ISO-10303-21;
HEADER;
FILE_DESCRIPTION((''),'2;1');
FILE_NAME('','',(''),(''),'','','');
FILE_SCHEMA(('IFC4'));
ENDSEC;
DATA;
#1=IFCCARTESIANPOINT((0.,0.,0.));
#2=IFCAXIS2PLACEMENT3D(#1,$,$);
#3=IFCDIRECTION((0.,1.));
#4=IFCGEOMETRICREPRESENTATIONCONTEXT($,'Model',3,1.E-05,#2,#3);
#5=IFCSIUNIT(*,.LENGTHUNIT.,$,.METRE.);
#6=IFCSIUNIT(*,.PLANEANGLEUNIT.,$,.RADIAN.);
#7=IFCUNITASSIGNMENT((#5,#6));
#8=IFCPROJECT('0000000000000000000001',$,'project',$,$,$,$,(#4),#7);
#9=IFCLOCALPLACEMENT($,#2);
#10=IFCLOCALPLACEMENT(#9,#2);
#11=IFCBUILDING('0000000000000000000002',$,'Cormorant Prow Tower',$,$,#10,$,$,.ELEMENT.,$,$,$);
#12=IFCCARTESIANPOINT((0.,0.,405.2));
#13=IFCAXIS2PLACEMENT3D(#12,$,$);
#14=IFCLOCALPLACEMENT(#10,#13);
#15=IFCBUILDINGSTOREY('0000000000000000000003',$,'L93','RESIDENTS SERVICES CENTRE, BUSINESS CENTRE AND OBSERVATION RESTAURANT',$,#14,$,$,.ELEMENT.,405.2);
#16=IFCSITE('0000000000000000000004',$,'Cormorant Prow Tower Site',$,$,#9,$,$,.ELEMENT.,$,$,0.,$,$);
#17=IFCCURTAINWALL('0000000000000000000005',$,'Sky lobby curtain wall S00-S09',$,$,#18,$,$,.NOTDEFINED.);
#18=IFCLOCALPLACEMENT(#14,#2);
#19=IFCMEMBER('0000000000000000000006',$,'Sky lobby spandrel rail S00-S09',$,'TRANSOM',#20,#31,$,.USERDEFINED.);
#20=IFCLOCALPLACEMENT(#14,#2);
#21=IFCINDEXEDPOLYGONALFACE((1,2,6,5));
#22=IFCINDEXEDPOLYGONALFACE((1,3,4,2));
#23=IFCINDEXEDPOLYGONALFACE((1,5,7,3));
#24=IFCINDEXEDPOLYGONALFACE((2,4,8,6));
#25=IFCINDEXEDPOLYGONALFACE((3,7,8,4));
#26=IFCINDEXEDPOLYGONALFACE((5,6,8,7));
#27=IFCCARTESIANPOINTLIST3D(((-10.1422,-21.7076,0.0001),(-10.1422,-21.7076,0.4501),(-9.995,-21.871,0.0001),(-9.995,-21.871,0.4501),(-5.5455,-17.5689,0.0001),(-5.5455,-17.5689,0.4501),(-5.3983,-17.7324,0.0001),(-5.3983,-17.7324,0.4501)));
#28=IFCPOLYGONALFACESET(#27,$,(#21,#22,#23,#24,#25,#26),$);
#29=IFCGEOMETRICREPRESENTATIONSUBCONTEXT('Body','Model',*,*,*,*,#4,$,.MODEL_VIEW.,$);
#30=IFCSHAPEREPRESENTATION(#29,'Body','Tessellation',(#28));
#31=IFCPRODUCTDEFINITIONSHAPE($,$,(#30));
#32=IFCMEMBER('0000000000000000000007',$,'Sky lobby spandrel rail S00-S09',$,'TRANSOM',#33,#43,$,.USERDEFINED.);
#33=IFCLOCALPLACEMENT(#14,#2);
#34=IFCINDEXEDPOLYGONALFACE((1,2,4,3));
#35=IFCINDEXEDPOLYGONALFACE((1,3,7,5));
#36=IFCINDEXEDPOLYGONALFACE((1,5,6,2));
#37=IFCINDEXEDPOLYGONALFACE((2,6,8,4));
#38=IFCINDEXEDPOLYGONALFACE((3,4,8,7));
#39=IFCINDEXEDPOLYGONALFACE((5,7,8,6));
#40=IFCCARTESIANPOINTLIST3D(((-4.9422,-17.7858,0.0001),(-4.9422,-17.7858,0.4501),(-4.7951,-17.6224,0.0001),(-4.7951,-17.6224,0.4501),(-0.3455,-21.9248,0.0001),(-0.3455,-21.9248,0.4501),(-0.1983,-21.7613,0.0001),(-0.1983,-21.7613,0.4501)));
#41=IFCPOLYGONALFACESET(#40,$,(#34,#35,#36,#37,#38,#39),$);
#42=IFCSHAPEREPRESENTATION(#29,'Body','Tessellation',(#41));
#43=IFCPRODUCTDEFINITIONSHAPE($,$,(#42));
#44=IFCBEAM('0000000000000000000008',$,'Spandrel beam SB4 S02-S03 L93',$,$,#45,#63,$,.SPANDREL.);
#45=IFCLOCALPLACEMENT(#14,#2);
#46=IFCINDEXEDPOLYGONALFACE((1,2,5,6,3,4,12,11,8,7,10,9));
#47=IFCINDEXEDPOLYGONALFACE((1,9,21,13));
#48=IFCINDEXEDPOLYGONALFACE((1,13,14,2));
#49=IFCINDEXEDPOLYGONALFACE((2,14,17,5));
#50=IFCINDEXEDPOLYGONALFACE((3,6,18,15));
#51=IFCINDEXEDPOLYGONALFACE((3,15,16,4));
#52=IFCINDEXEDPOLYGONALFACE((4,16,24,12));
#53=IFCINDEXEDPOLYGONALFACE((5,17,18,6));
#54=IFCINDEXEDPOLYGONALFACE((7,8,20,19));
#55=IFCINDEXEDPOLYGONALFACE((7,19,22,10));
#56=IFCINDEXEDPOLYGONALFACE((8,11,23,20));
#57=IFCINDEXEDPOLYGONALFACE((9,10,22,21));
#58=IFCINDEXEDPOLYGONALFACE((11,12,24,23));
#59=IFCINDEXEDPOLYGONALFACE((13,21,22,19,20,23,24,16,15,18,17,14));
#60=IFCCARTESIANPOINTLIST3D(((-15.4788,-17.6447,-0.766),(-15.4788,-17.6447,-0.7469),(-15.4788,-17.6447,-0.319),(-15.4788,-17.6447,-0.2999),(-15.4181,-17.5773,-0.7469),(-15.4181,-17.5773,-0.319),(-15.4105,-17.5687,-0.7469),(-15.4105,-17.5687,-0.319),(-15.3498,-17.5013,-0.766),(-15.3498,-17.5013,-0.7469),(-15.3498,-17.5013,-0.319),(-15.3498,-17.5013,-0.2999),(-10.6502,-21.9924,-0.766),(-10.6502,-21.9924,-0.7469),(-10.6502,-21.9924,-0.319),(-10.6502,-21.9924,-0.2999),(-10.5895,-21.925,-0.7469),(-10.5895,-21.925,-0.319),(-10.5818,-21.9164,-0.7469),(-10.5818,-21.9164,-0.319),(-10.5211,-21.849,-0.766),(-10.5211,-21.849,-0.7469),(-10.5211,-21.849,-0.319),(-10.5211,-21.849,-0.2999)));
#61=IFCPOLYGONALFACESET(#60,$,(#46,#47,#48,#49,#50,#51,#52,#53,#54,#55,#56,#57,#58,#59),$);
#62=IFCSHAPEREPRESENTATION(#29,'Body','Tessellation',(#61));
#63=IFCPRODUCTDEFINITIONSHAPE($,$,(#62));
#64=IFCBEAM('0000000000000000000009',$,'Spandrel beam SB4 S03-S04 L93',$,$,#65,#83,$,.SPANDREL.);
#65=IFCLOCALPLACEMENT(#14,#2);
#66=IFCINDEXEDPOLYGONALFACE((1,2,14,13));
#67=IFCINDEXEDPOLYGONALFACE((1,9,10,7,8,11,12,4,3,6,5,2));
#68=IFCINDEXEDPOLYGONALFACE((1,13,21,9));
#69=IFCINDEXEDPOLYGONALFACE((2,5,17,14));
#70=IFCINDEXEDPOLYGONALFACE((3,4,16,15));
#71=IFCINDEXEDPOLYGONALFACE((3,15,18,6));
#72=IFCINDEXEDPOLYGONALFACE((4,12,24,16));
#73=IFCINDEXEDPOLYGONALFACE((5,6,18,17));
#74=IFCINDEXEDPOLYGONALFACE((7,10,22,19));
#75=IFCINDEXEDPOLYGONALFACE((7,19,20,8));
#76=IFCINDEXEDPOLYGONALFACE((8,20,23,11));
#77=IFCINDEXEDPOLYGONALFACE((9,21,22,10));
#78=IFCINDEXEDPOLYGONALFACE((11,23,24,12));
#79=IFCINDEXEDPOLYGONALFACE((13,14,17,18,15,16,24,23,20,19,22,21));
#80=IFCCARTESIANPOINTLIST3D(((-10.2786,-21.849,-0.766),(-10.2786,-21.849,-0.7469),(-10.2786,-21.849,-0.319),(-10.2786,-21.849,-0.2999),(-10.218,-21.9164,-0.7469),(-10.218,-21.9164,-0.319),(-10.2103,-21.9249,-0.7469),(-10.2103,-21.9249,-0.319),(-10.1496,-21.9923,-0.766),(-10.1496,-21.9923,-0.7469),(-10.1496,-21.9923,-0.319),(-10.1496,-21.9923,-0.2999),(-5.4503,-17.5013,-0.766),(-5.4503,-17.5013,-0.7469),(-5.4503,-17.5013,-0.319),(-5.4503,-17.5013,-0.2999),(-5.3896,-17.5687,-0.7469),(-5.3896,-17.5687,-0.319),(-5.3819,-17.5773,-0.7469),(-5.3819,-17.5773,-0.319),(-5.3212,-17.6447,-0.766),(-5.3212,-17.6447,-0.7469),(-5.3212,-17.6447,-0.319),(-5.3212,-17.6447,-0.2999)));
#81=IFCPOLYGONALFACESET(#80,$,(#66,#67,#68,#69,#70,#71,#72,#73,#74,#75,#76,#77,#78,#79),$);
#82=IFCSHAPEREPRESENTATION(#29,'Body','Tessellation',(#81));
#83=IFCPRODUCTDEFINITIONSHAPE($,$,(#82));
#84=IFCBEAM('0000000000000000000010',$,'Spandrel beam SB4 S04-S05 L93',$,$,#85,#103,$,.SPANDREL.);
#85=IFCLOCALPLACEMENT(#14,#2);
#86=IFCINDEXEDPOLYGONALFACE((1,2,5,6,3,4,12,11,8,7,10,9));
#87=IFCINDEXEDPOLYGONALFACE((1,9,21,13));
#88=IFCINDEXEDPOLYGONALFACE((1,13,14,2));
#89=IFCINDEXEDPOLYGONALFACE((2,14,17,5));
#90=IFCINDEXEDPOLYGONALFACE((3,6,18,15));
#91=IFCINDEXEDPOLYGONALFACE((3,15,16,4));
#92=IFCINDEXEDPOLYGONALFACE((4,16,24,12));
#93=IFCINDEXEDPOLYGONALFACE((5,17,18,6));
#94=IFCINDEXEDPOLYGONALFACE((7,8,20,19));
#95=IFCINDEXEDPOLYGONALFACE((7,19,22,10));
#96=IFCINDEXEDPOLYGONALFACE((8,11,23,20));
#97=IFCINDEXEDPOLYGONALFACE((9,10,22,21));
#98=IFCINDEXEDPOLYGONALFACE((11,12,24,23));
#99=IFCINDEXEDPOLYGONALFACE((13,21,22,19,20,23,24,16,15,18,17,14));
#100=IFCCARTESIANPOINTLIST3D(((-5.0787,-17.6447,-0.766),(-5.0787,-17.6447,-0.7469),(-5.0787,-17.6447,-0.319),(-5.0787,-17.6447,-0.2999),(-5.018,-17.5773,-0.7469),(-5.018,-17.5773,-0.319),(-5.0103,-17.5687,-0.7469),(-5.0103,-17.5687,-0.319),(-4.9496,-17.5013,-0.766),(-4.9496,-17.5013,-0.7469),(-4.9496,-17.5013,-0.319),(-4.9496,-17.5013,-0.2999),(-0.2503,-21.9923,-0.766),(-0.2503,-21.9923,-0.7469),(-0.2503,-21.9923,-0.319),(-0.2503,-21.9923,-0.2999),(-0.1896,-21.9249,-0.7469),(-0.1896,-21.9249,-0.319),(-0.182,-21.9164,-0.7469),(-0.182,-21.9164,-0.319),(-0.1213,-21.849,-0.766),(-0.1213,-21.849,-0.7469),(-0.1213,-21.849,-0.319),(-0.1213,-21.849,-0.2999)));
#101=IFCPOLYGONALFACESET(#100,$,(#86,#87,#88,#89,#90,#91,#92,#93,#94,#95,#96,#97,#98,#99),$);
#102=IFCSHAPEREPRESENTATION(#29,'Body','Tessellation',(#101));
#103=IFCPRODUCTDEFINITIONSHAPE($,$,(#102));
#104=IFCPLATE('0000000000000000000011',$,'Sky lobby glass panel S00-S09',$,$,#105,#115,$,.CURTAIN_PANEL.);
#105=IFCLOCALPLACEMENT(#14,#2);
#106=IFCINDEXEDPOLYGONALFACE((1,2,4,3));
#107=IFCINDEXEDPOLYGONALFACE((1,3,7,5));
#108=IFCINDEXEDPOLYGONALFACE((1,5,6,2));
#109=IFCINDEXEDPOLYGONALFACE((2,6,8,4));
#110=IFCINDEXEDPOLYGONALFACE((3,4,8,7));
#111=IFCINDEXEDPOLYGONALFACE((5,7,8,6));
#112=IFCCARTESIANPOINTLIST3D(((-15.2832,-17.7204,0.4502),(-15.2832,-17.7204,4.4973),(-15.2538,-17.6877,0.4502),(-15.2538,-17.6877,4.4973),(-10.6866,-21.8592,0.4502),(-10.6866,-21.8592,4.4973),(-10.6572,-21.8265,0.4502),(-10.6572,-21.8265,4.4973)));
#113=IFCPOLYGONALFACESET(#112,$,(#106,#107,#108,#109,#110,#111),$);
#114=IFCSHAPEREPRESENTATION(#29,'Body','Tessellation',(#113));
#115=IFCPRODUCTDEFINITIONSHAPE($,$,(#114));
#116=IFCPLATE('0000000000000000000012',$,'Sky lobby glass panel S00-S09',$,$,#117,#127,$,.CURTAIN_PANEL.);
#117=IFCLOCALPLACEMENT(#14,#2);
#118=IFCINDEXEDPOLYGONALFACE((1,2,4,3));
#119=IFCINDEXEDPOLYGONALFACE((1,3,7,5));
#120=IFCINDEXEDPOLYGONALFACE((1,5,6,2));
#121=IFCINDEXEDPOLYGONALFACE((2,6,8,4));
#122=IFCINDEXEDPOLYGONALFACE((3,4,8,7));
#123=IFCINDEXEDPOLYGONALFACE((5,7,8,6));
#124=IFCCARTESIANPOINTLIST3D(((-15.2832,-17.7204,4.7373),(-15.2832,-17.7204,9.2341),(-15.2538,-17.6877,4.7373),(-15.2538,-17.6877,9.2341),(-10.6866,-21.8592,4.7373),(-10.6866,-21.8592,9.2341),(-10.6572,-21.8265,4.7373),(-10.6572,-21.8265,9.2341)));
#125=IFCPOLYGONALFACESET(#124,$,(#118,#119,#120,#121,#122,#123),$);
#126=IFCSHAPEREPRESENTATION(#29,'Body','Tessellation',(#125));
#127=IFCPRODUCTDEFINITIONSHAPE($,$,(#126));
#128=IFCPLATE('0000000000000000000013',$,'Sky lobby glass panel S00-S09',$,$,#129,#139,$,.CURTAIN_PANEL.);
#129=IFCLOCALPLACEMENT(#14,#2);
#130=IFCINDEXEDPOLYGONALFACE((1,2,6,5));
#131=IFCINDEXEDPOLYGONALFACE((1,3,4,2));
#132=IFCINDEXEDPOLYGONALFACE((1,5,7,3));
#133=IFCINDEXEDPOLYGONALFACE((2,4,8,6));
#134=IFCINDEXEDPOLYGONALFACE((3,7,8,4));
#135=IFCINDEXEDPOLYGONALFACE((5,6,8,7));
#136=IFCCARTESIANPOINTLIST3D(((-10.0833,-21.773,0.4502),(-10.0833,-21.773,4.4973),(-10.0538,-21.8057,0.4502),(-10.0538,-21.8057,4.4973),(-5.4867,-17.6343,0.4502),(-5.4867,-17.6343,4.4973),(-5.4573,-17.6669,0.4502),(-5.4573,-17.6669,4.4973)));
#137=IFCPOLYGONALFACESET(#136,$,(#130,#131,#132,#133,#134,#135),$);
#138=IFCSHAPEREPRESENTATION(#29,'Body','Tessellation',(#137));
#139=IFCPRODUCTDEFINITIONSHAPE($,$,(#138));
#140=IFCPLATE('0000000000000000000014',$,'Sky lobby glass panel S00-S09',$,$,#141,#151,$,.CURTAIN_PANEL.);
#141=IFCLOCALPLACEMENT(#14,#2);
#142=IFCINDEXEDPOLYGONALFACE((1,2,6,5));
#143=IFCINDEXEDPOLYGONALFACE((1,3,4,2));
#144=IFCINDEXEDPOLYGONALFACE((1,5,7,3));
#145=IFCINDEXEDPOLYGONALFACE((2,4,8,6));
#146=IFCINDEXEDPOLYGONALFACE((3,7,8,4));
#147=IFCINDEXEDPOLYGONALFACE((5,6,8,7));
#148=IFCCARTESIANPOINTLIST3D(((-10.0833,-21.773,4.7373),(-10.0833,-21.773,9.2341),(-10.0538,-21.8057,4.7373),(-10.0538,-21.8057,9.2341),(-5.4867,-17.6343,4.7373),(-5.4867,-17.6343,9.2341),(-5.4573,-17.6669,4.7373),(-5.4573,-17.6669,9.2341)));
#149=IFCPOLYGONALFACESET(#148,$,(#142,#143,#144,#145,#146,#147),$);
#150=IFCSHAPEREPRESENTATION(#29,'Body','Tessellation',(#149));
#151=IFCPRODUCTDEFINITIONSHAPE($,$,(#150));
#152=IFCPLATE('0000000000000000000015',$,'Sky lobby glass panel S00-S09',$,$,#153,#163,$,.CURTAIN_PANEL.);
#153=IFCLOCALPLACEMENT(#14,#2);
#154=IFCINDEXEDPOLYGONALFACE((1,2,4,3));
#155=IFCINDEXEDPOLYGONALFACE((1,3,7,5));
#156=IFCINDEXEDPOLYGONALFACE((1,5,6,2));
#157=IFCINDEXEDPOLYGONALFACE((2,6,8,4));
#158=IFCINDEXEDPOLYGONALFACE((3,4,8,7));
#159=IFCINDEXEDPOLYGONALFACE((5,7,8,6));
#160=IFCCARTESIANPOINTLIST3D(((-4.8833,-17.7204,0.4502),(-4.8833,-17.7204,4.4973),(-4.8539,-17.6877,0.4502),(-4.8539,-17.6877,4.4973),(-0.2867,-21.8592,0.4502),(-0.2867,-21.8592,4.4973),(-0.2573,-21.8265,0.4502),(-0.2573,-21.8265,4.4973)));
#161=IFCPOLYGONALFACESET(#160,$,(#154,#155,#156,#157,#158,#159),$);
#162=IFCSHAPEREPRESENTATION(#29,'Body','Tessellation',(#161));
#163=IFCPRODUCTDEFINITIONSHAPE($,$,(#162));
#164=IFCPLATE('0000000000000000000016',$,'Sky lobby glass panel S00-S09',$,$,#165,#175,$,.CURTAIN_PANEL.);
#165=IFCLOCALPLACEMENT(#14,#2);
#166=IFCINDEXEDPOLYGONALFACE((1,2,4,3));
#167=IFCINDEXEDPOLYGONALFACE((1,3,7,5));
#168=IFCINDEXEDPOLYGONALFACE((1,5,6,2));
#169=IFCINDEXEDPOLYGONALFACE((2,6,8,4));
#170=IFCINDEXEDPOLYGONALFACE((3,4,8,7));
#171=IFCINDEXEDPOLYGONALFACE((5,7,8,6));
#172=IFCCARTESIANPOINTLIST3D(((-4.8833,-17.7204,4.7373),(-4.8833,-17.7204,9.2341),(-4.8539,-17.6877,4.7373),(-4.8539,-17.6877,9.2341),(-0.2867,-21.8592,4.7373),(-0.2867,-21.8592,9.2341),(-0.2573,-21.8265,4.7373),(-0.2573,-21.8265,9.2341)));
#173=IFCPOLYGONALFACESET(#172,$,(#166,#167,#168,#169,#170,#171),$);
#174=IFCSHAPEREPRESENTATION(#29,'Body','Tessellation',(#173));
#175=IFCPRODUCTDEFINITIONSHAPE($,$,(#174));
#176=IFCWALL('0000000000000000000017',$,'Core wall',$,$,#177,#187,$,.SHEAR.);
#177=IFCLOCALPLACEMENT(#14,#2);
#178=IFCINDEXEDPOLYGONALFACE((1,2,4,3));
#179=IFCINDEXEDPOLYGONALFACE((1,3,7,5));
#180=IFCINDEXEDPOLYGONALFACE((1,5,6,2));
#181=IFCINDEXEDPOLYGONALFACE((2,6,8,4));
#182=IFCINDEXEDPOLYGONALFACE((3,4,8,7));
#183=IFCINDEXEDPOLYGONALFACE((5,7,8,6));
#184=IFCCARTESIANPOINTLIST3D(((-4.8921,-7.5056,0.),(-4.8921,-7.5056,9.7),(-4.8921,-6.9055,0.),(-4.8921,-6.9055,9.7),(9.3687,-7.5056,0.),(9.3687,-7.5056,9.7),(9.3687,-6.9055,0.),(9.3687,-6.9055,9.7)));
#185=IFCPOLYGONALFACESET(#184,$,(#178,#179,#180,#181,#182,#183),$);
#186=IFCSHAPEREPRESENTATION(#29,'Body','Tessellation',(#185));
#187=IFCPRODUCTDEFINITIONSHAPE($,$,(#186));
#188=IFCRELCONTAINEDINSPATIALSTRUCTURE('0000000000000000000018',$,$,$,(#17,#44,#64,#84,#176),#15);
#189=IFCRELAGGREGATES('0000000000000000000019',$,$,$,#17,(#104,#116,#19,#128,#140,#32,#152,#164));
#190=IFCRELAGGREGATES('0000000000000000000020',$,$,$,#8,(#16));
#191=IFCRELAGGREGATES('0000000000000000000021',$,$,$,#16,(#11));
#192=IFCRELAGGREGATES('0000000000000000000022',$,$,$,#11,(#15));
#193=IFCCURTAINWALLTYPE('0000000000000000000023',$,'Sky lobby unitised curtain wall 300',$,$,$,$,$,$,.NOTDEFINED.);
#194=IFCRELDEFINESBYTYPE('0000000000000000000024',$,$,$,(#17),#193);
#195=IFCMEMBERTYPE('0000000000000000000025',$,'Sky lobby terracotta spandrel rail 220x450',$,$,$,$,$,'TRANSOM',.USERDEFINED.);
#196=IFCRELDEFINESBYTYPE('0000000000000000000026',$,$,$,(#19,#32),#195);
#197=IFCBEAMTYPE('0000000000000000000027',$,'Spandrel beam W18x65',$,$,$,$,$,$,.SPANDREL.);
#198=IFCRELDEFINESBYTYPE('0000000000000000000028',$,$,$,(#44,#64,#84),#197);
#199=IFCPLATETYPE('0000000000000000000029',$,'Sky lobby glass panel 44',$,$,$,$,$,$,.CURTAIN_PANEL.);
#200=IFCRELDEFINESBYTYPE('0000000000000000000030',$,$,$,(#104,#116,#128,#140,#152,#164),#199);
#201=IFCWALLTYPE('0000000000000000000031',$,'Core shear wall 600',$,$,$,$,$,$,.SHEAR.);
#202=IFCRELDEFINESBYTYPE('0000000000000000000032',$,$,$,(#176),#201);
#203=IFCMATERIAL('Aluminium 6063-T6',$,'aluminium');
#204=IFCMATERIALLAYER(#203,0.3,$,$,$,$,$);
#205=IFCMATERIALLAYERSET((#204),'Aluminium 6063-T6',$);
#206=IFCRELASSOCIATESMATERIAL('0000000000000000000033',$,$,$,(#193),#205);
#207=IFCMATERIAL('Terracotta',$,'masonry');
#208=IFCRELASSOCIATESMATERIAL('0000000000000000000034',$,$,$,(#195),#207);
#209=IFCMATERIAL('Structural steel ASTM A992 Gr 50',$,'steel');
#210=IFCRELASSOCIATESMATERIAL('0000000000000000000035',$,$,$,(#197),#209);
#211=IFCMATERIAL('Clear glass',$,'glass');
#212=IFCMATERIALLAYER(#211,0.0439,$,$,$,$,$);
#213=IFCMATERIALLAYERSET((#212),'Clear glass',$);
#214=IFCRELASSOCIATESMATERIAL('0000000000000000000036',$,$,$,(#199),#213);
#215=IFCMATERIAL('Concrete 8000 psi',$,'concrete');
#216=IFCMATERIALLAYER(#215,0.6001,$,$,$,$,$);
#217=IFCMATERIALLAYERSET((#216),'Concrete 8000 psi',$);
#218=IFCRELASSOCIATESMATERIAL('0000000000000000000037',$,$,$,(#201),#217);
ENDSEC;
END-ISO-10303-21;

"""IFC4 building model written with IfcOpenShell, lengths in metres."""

from ifc_helpers import new_model, si_unit, direction, frame, frame_2d, origin, origin_2d, place, context, subcontext, project, spatial, rectangle, i_section, extrude, material, layer, layer_set, material_profile, profile_set, type_object, element, aggregate, save


model = new_model("IFC4")

# Units and contexts
model_context = context("Model", 3, precision=1e-05, world=origin(), true_north=direction((0.0, 1.0)))
body_context = subcontext(model_context, "Body", "Model", "MODEL_VIEW")
ifc_project = project(units=[si_unit("LENGTHUNIT", "METRE"), si_unit("PLANEANGLEUNIT", "RADIAN")], contexts=[model_context])

# Site, building, storey
site_placement = place(None, origin())
site = spatial("IfcSite", under=ifc_project, at=site_placement, Name="Cormorant Prow Tower Site", CompositionType="ELEMENT", RefElevation=0.0)
building_placement = place(site_placement, origin())
building = spatial("IfcBuilding", under=site, at=building_placement, Name="Cormorant Prow Tower", CompositionType="ELEMENT")
storey_placement = place(building_placement, frame((0.0, 0.0, 405.2)))
storey = spatial("IfcBuildingStorey", under=building, at=storey_placement, Name="L93", Description="RESIDENTS SERVICES CENTRE, BUSINESS CENTRE AND OBSERVATION RESTAURANT", CompositionType="ELEMENT", Elevation=405.2)

# Curtain wall, members
ifc_material_1 = material(Name="Aluminium 6063-T6", Category="aluminium")
ifc_layer_1 = layer(ifc_material_1, 0.3)
ifc_layer_set_1 = layer_set([ifc_layer_1], Name="Aluminium 6063-T6")
curtain_wall_type = type_object("IfcCurtainWallType", Name="Sky lobby unitised curtain wall 300", PredefinedType="NOTDEFINED", material=ifc_layer_set_1)
curtain_wall_placement = place(storey_placement, origin())
curtain_wall = element("IfcCurtainWall", 1, at=curtain_wall_placement, inside=storey, type_object=curtain_wall_type, Name="Sky lobby curtain wall S00-S09", PredefinedType="NOTDEFINED")
ifc_material_2 = material(Name="Terracotta", Category="masonry")
ifc_material_profile_1 = material_profile(ifc_material_2, rectangle(XDim=0.22, YDim=0.45, at=origin_2d()), Name="Sky lobby terracotta spandrel rail 220x450")
ifc_profile_set_1 = profile_set([ifc_material_profile_1], Name="Terracotta")
member_type_1 = type_object("IfcMemberType", Name="Sky lobby terracotta spandrel rail 220x450", ElementType="TRANSOM", PredefinedType="USERDEFINED", material=ifc_profile_set_1)
member_1_placement = place(storey_placement, frame((-10.0686, -21.7893, 0.2251), z_axis=(0.743161, 0.669113, 0.0), x_axis=(-0.669113, 0.743161, 0.0)))
member_1 = element("IfcMember", 2, at=member_1_placement, type_object=member_type_1, Name="Sky lobby spandrel rail S00-S09", ObjectType="TRANSOM", PredefinedType="USERDEFINED", context=body_context, shape_type="SweptSolid", body=[
    extrude(rectangle(XDim=0.22, YDim=0.45, at=origin_2d()), origin(), (0.0, 0.0, 1.0), 6.1853),
])
member_2_placement = place(storey_placement, frame((-4.8687, -17.7041, 0.2251), z_axis=(0.743141, -0.669135, 0.0), x_axis=(0.669135, 0.743141, 0.0)))
member_2 = element("IfcMember", 3, at=member_2_placement, type_object=member_type_1, Name="Sky lobby spandrel rail S00-S09", ObjectType="TRANSOM", PredefinedType="USERDEFINED", context=body_context, shape_type="SweptSolid", body=[
    extrude(rectangle(XDim=0.22, YDim=0.45, at=origin_2d()), origin(), (0.0, 0.0, 1.0), 6.1855),
])

# Beams
ifc_material_3 = material(Name="Structural steel ASTM A992 Gr 50", Category="steel")
ifc_material_profile_2 = material_profile(ifc_material_3, i_section(OverallWidth=0.1929, OverallDepth=0.4661, WebThickness=0.0115, FlangeThickness=0.019, at=origin_2d()), Name="W18x65")
ifc_profile_set_2 = profile_set([ifc_material_profile_2], Name="Structural steel ASTM A992 Gr 50")
beam_type_1 = type_object("IfcBeamType", Name="Spandrel beam W18x65", PredefinedType="SPANDREL", material=ifc_profile_set_2)
beam_1_placement = place(storey_placement, frame((-15.4143, -17.573, -0.533), z_axis=(0.743148, -0.669127, 0.0), x_axis=(0.669127, 0.743148, 0.0)))
element("IfcBeam", 4, at=beam_1_placement, inside=storey, type_object=beam_type_1, Name="Spandrel beam SB4 S02-S03 L93", PredefinedType="SPANDREL", context=body_context, shape_type="SweptSolid", body=[
    extrude(i_section(OverallWidth=0.1929, OverallDepth=0.4661, WebThickness=0.0115, FlangeThickness=0.019, at=origin_2d()), origin(), (0.0, 0.0, 1.0), 6.4976),
])
for number, where, z_axis, x_axis, name in (
    (5, (-10.2141, -21.9207, -0.533), (0.743132, 0.669145, 0.0), (-0.669145, 0.743132, 0.0), "Spandrel beam SB4 S03-S04 L93"),
    (6, (-5.0142, -17.573, -0.533), (0.743132, -0.669145, 0.0), (0.669145, 0.743132, 0.0), "Spandrel beam SB4 S04-S05 L93"),
):
    element("IfcBeam", number, at=place(storey_placement, frame(where, z_axis=z_axis, x_axis=x_axis)), inside=storey, type_object=beam_type_1, Name=name, PredefinedType="SPANDREL", context=body_context, shape_type="SweptSolid", body=[
        extrude(i_section(OverallWidth=0.1929, OverallDepth=0.4661, WebThickness=0.0115, FlangeThickness=0.019, at=origin_2d()), origin(), (0.0, 0.0, 1.0), 6.4973),
    ])

# Plates
ifc_material_4 = material(Name="Clear glass", Category="glass")
ifc_layer_2 = layer(ifc_material_4, 0.0439)
ifc_layer_set_2 = layer_set([ifc_layer_2], Name="Clear glass")
plate_type = type_object("IfcPlateType", Name="Sky lobby glass panel 44", PredefinedType="CURTAIN_PANEL", material=ifc_layer_set_2)
plate_1_placement = place(storey_placement, frame((-12.9702, -19.7734, 0.4502), z_axis=(0.0, 0.0, 1.0), x_axis=(0.743145, -0.669131, 0.0)))
plate_1 = element("IfcPlate", 7, at=plate_1_placement, type_object=plate_type, Name="Sky lobby glass panel S00-S09", PredefinedType="CURTAIN_PANEL", context=body_context, shape_type="SweptSolid", body=[
    extrude(rectangle(XDim=6.1853, YDim=0.0439, at=origin_2d()), origin(), (0.0, 0.0, 1.0), 4.0471),
])
plate_2_placement = place(storey_placement, frame((-12.9702, -19.7734, 4.7373), z_axis=(0.0, 0.0, 1.0), x_axis=(0.743145, -0.669131, 0.0)))
plate_2 = element("IfcPlate", 8, at=plate_2_placement, type_object=plate_type, Name="Sky lobby glass panel S00-S09", PredefinedType="CURTAIN_PANEL", context=body_context, shape_type="SweptSolid", body=[
    extrude(rectangle(XDim=6.1853, YDim=0.0439, at=origin_2d()), origin(), (0.0, 0.0, 1.0), 4.4968),
])
plate_3_placement = place(storey_placement, frame((-7.7703, -19.72, 0.4502), z_axis=(0.0, 0.0, 1.0), x_axis=(0.743145, 0.669131, 0.0)))
plate_3 = element("IfcPlate", 9, at=plate_3_placement, type_object=plate_type, Name="Sky lobby glass panel S00-S09", PredefinedType="CURTAIN_PANEL", context=body_context, shape_type="SweptSolid", body=[
    extrude(rectangle(XDim=6.1853, YDim=0.0439, at=origin_2d()), origin(), (0.0, 0.0, 1.0), 4.0471),
])
plate_4_placement = place(storey_placement, frame((-7.7703, -19.72, 4.7373), z_axis=(0.0, 0.0, 1.0), x_axis=(0.743145, 0.669131, 0.0)))
plate_4 = element("IfcPlate", 10, at=plate_4_placement, type_object=plate_type, Name="Sky lobby glass panel S00-S09", PredefinedType="CURTAIN_PANEL", context=body_context, shape_type="SweptSolid", body=[
    extrude(rectangle(XDim=6.1853, YDim=0.0439, at=origin_2d()), origin(), (0.0, 0.0, 1.0), 4.4968),
])
plate_5_placement = place(storey_placement, frame((-2.5703, -19.7734, 0.4502), z_axis=(0.0, 0.0, 1.0), x_axis=(0.743145, -0.669131, 0.0)))
plate_5 = element("IfcPlate", 11, at=plate_5_placement, type_object=plate_type, Name="Sky lobby glass panel S00-S09", PredefinedType="CURTAIN_PANEL", context=body_context, shape_type="SweptSolid", body=[
    extrude(rectangle(XDim=6.1853, YDim=0.0439, at=origin_2d()), origin(), (0.0, 0.0, 1.0), 4.0471),
])
plate_6_placement = place(storey_placement, frame((-2.5703, -19.7734, 4.7373), z_axis=(0.0, 0.0, 1.0), x_axis=(0.743145, -0.669131, 0.0)))
plate_6 = element("IfcPlate", 12, at=plate_6_placement, type_object=plate_type, Name="Sky lobby glass panel S00-S09", PredefinedType="CURTAIN_PANEL", context=body_context, shape_type="SweptSolid", body=[
    extrude(rectangle(XDim=6.1853, YDim=0.0439, at=origin_2d()), origin(), (0.0, 0.0, 1.0), 4.4968),
])
aggregate(curtain_wall, [plate_1, plate_2, member_1, plate_3, plate_4, member_2, plate_5, plate_6])

# Wall
ifc_material_5 = material(Name="Concrete 8000 psi", Category="concrete")
ifc_layer_3 = layer(ifc_material_5, 0.6001)
ifc_layer_set_3 = layer_set([ifc_layer_3], Name="Concrete 8000 psi")
wall_type_1 = type_object("IfcWallType", Name="Core shear wall 600", PredefinedType="SHEAR", material=ifc_layer_set_3)
wall_1_placement = place(storey_placement, frame((-4.8921, -7.2056, 0.0), z_axis=(0.0, 0.0, 1.0), x_axis=(1.0, 0.0, 0.0)))
element("IfcWall", 13, at=wall_1_placement, inside=storey, type_object=wall_type_1, Name="Core wall", PredefinedType="SHEAR", context=body_context, shape_type="SweptSolid", body=[
    extrude(rectangle(XDim=14.2607, YDim=0.6001, at=frame_2d((7.1304, 0.0))), origin(), (0.0, 0.0, 1.0), 9.7),
])

save(model, "model.ifc")
